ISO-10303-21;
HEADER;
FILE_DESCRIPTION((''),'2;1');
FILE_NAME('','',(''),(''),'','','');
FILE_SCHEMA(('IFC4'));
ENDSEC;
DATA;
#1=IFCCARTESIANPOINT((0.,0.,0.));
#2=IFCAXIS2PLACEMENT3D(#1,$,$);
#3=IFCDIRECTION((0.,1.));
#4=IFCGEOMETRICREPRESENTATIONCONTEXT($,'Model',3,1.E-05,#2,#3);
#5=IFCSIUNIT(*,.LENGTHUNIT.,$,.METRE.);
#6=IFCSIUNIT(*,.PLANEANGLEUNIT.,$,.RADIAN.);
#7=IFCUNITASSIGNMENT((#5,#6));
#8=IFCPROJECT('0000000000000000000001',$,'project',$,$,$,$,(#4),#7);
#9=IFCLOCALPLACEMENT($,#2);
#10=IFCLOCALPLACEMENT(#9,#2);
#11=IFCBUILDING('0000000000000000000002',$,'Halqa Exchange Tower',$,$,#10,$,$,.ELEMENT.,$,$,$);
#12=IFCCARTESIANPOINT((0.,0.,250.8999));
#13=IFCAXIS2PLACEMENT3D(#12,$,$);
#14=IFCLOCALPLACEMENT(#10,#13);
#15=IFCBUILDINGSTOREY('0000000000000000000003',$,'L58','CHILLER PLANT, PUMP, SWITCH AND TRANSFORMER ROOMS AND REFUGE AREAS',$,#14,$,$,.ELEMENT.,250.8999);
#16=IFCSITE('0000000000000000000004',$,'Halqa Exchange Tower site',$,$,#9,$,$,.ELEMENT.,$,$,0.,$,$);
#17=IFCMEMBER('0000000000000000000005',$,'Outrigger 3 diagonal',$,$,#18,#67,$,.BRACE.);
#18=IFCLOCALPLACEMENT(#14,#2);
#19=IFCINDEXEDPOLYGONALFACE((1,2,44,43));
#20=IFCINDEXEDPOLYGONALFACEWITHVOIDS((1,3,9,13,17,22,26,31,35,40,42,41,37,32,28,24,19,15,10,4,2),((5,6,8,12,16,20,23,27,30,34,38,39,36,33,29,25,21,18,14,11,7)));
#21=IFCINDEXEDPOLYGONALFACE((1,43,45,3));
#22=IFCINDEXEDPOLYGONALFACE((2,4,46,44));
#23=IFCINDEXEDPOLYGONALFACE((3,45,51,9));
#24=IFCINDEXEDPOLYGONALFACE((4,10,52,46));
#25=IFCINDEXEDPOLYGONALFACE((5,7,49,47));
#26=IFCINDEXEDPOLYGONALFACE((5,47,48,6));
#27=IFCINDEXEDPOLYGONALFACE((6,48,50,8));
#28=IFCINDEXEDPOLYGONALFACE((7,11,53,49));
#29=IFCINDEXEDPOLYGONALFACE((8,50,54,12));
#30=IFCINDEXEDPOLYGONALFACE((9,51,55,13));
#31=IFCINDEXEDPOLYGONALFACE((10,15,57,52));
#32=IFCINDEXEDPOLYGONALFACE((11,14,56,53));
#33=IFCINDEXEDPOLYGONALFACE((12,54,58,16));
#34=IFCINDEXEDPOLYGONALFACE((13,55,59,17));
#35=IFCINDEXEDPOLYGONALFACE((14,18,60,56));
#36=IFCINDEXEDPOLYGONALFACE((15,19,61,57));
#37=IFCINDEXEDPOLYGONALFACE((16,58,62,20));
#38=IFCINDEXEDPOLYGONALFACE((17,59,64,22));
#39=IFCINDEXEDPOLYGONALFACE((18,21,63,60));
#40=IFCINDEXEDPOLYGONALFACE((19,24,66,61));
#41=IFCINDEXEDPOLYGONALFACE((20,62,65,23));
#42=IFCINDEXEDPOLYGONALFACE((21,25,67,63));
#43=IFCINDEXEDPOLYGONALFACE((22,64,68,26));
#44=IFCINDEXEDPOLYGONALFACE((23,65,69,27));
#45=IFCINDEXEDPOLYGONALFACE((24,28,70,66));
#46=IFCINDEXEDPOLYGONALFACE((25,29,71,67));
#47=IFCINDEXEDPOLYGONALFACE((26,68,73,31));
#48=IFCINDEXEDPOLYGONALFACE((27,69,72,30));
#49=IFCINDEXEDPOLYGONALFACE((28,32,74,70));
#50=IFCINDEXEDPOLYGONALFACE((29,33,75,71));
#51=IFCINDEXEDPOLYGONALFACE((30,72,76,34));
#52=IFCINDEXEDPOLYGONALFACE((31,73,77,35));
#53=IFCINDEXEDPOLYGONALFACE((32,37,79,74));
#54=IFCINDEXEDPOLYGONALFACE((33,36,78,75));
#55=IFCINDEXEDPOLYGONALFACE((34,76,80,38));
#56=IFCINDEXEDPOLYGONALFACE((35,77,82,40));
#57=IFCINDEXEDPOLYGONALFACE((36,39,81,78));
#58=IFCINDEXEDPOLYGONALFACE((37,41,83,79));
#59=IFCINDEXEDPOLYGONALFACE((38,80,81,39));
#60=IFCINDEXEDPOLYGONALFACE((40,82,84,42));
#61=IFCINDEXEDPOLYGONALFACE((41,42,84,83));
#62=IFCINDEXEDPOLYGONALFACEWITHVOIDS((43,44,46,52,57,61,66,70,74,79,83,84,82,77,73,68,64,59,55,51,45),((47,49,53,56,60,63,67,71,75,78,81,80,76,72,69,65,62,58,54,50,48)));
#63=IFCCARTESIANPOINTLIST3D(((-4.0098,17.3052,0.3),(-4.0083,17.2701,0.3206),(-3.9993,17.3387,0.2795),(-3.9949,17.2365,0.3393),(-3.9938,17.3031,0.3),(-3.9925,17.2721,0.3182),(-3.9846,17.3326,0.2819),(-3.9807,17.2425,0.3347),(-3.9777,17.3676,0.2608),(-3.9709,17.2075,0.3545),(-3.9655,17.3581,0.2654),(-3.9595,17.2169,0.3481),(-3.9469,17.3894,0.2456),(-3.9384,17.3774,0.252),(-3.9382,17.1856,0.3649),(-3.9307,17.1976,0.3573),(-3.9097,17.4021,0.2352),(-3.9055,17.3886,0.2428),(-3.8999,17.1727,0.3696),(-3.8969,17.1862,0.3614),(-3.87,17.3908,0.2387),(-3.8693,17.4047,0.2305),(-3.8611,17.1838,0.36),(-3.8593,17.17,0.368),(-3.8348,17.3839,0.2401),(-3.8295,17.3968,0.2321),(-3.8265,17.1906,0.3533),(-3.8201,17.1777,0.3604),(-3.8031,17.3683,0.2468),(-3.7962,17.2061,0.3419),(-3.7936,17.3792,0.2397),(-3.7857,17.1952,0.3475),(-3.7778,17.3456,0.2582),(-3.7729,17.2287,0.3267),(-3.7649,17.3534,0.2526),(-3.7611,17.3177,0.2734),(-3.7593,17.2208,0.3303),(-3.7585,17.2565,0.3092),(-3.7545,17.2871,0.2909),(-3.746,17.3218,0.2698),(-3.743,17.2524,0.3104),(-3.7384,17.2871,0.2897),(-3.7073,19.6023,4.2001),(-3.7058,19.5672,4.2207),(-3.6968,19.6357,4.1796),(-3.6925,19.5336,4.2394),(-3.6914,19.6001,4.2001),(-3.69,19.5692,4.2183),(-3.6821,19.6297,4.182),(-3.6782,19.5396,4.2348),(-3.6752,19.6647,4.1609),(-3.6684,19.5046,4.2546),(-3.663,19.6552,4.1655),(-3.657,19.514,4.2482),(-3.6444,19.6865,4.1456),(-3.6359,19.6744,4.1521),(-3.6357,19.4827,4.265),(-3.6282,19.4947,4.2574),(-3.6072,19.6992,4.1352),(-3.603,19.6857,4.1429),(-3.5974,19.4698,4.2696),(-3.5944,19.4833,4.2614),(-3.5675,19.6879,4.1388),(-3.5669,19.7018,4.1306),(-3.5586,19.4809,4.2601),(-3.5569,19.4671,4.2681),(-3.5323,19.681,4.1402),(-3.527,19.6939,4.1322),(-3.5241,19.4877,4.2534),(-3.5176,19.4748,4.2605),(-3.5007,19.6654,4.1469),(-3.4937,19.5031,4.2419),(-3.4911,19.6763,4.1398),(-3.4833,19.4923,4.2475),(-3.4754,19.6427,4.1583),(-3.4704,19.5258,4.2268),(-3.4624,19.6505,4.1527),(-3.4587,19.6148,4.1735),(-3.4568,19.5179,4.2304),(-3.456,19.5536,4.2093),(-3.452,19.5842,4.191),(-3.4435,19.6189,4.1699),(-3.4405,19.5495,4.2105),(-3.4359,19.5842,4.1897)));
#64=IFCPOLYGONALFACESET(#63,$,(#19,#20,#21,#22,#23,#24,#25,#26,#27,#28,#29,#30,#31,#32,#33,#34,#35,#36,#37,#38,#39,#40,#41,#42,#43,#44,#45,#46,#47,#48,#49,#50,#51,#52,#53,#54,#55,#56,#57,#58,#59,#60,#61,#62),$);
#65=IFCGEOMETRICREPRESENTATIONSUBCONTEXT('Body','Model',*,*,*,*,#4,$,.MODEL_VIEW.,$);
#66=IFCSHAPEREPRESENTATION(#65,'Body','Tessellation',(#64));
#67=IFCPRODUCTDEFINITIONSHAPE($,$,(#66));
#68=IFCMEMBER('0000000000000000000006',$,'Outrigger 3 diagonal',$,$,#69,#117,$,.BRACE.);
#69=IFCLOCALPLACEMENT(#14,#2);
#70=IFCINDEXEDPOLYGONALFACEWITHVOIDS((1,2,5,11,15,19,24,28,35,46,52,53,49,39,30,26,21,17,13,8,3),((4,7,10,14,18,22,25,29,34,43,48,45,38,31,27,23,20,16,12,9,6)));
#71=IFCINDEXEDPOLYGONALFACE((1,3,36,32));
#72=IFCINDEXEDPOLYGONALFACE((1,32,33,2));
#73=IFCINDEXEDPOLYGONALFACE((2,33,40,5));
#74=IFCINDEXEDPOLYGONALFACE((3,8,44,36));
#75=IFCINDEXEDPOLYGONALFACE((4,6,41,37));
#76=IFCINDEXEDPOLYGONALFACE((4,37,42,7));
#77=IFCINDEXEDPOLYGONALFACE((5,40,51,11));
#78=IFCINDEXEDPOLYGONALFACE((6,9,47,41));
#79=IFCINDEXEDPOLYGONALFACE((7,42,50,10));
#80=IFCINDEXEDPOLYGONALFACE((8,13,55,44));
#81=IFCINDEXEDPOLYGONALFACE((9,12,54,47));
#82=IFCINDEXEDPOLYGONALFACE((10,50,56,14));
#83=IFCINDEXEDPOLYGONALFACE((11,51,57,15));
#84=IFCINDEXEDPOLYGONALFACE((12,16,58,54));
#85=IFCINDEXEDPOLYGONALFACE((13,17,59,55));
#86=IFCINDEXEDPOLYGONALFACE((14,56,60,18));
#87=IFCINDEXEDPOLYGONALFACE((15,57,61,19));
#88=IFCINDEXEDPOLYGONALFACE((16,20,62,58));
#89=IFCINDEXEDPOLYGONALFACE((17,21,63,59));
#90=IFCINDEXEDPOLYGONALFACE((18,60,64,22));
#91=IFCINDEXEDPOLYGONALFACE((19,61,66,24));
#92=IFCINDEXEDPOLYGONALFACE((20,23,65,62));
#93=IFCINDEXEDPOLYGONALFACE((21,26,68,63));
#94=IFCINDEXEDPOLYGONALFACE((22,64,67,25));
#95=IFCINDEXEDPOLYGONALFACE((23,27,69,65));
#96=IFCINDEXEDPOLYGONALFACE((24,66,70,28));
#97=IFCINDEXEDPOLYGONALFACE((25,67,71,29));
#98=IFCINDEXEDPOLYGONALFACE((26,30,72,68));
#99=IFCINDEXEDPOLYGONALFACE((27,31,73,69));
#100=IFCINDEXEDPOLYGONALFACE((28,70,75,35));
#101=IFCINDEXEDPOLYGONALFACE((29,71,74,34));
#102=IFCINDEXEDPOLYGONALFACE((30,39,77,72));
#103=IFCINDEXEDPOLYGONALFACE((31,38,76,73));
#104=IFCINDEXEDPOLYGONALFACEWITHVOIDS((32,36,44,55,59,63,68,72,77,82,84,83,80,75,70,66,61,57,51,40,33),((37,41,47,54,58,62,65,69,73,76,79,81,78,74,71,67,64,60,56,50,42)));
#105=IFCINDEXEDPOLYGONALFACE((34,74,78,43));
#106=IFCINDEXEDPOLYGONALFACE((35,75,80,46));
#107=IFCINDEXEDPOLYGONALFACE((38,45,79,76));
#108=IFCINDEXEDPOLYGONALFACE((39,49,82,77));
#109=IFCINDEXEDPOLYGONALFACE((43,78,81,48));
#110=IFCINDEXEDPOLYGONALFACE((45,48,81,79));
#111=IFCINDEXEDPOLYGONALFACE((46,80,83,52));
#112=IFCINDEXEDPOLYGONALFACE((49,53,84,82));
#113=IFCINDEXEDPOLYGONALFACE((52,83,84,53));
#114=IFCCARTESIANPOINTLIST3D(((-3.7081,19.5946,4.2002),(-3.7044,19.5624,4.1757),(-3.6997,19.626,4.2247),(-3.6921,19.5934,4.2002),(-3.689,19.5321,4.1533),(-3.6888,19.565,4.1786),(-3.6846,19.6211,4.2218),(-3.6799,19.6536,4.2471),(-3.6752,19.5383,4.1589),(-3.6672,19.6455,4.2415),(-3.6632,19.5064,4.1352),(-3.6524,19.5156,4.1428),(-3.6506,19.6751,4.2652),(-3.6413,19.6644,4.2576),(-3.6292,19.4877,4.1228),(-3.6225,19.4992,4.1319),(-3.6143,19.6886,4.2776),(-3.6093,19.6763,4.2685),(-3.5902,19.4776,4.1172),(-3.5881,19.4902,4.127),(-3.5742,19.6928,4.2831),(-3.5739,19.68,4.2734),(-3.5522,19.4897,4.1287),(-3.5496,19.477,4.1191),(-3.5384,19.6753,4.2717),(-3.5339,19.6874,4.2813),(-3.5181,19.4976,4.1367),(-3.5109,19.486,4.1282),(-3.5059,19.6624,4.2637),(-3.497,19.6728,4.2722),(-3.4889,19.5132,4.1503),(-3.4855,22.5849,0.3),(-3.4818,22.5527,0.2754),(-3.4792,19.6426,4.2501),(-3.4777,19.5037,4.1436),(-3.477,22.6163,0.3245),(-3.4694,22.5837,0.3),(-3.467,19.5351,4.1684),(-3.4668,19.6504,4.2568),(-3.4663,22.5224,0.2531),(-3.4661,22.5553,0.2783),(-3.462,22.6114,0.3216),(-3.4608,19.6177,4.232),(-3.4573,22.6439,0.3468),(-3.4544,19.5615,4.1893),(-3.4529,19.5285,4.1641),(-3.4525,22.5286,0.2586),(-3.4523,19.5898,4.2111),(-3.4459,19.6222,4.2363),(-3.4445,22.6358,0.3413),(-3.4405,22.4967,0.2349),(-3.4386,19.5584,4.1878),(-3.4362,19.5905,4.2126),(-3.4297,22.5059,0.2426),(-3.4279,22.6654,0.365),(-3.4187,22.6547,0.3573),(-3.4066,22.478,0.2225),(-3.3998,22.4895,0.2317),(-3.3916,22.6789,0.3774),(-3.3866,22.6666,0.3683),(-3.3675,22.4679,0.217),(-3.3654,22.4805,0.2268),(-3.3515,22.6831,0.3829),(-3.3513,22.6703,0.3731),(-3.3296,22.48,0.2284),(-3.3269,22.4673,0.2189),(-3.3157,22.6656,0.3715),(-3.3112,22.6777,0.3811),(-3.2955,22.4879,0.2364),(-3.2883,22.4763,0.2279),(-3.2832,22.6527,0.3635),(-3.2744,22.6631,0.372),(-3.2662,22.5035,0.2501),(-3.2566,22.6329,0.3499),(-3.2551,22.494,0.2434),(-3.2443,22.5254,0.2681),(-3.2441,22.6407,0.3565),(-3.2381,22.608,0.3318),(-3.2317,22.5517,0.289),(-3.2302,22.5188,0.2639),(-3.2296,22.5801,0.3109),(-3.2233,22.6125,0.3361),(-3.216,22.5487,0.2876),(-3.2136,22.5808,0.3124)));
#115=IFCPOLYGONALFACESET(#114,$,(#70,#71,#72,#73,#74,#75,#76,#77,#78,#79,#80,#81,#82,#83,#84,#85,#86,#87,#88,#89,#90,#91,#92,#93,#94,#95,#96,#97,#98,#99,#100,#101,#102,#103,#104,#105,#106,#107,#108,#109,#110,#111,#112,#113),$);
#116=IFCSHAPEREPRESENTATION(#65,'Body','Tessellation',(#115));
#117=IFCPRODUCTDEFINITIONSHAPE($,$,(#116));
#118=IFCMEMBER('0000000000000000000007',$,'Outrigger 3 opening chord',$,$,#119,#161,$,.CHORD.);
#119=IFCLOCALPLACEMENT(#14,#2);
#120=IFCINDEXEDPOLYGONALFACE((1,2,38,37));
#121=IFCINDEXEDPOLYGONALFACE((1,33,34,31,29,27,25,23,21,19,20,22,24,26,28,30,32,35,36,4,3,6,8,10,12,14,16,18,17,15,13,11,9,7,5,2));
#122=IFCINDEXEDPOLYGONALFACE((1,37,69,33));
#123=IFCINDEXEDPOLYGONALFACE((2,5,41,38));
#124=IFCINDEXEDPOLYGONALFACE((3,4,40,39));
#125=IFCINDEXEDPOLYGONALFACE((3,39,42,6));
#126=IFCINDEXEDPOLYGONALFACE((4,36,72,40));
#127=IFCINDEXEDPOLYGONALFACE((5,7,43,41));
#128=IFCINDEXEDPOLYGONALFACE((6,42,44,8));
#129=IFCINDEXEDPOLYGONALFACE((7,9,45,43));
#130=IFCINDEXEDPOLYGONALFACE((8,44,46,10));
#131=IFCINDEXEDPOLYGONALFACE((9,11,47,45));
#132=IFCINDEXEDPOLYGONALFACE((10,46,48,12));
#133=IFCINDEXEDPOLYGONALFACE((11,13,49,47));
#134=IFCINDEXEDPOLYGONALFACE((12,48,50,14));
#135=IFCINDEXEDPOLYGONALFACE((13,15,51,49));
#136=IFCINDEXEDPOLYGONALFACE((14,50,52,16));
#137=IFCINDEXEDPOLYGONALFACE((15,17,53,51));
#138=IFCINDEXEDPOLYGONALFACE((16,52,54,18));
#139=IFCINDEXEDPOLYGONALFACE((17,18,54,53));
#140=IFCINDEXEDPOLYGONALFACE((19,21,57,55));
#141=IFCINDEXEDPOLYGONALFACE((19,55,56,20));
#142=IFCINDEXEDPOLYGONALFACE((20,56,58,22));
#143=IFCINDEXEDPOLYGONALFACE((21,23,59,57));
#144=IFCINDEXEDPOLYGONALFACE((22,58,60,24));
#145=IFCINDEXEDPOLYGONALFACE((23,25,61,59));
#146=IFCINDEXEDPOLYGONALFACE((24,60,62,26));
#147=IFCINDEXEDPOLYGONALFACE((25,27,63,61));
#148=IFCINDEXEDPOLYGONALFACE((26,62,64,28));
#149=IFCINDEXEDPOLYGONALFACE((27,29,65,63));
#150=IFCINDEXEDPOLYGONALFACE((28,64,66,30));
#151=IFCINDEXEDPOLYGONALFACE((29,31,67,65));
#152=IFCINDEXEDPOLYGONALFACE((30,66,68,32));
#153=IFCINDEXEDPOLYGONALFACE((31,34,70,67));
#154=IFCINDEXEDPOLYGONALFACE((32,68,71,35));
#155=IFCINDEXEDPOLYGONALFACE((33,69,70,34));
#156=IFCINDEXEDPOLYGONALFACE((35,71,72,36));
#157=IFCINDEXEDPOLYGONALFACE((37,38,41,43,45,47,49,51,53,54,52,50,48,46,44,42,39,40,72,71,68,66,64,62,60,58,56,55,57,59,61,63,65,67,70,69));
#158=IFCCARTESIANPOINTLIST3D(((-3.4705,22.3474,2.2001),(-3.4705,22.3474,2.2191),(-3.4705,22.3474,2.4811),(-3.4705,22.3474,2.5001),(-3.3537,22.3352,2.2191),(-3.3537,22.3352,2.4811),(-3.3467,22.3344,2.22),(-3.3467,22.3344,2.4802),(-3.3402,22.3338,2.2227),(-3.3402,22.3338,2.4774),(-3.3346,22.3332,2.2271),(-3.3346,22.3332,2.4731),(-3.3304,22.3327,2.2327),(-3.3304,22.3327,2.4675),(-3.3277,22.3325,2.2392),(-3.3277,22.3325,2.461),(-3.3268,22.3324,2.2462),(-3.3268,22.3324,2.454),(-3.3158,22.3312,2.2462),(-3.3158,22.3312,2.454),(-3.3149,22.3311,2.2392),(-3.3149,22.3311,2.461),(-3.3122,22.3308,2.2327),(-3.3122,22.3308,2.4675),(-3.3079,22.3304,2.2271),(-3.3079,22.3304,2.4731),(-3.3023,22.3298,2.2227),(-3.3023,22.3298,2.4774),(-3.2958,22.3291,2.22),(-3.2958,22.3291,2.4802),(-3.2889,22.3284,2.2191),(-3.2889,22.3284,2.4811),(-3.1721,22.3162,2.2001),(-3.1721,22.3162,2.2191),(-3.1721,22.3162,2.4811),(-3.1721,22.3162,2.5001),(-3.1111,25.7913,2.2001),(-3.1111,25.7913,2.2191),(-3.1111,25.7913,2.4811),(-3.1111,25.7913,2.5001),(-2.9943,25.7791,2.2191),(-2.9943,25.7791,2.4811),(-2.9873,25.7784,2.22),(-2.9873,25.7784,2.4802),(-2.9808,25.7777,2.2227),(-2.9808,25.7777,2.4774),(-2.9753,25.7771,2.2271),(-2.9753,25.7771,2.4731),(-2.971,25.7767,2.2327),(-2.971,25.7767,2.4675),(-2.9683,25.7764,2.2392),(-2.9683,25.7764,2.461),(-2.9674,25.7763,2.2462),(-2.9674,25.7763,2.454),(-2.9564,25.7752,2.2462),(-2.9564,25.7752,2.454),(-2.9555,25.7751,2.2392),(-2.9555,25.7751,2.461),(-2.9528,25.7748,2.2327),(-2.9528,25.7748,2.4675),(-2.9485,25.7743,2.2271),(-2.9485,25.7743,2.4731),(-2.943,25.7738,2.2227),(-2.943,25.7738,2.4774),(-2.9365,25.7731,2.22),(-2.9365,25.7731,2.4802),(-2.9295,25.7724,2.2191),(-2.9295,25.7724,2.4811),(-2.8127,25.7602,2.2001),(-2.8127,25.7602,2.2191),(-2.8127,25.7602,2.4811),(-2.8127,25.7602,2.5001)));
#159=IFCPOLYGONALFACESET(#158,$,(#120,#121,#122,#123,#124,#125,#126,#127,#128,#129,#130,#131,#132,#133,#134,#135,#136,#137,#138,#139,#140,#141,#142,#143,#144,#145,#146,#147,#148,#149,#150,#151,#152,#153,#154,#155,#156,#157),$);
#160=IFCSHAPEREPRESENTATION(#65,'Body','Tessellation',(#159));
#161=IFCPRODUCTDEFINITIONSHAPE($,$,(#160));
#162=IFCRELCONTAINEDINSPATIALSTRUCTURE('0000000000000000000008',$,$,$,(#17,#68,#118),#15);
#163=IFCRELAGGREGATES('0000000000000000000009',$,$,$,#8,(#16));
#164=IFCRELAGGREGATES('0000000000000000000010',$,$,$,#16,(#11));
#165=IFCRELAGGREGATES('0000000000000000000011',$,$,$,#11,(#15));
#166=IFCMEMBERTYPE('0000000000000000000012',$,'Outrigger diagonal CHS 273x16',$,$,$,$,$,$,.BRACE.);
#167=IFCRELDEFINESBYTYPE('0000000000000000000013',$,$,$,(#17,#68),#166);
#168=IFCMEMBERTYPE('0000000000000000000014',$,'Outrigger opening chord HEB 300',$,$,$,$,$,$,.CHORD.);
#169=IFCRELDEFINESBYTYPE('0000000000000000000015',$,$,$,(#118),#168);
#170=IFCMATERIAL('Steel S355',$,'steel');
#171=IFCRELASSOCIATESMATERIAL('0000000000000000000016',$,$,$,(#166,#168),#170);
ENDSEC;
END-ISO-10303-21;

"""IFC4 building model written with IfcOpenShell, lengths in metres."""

from ifc_helpers import new_model, si_unit, direction, frame, origin, origin_2d, place, context, subcontext, project, spatial, hollow_circle, i_section, extrude, material, material_profile, profile_set, type_object, element, save


model = new_model("IFC4")

# Units and contexts
model_context = context("Model", 3, precision=1e-05, world=origin(), true_north=direction((0.0, 1.0)))
body_context = subcontext(model_context, "Body", "Model", "MODEL_VIEW")
ifc_project = project(units=[si_unit("LENGTHUNIT", "METRE"), si_unit("PLANEANGLEUNIT", "RADIAN")], contexts=[model_context])

# Site, building, storey
site_placement = place(None, origin())
site = spatial("IfcSite", under=ifc_project, at=site_placement, Name="Halqa Exchange Tower site", CompositionType="ELEMENT", RefElevation=0.0)
building_placement = place(site_placement, origin())
building = spatial("IfcBuilding", under=site, at=building_placement, Name="Halqa Exchange Tower", CompositionType="ELEMENT")
storey_placement = place(building_placement, frame((0.0, 0.0, 250.8999)))
storey = spatial("IfcBuildingStorey", under=building, at=storey_placement, Name="L58", Description="CHILLER PLANT, PUMP, SWITCH AND TRANSFORMER ROOMS AND REFUGE AREAS", CompositionType="ELEMENT", Elevation=250.8999)

# Members
ifc_material_1 = material(Name="Steel S355", Category="steel")
ifc_material_profile_1 = material_profile(ifc_material_1, hollow_circle(Radius=0.1365, WallThickness=0.0161, at=origin_2d()), Name="CHS 273x16")
ifc_profile_set_1 = profile_set([ifc_material_profile_1], Name="Steel S355")
member_type_1 = type_object("IfcMemberType", Name="Outrigger diagonal CHS 273x16", PredefinedType="BRACE", material=ifc_profile_set_1)
member_1_placement = place(storey_placement, frame((-3.8745, 17.2874, 0.3), z_axis=(0.06668, 0.506369, 0.859735), x_axis=(-0.991441, 0.130555, 0.0)))
element("IfcMember", 1, at=member_1_placement, inside=storey, type_object=member_type_1, Name="Outrigger 3 diagonal", PredefinedType="BRACE", context=body_context, shape_type="SweptSolid", body=[
    extrude(hollow_circle(Radius=0.1365, WallThickness=0.0161, at=origin_2d()), origin(), (0.0, 0.0, 1.0), 4.5364),
])
member_2_placement = place(storey_placement, frame((-3.572, 19.5845, 4.2002), z_axis=(0.045259, 0.607824, -0.792781), x_axis=(-0.997239, 0.074256, 0.0)))
element("IfcMember", 2, at=member_2_placement, inside=storey, type_object=member_type_1, Name="Outrigger 3 diagonal", PredefinedType="BRACE", context=body_context, shape_type="SweptSolid", body=[
    extrude(hollow_circle(Radius=0.1365, WallThickness=0.0161, at=origin_2d()), origin(), (0.0, 0.0, 1.0), 4.9197),
])
ifc_material_profile_2 = material_profile(ifc_material_1, i_section(OverallWidth=0.3, OverallDepth=0.3, WebThickness=0.011, FlangeThickness=0.019, FilletRadius=0.0271, at=origin_2d()), Name="HEB 300")
ifc_profile_set_2 = profile_set([ifc_material_profile_2], Name="Steel S355")
member_type_2 = type_object("IfcMemberType", Name="Outrigger opening chord HEB 300", PredefinedType="CHORD", material=ifc_profile_set_2)
member_3_placement = place(storey_placement, frame((-3.3213, 22.3318, 2.3501), z_axis=(0.103789, 0.994599, 0.0), x_axis=(-0.994599, 0.103789, 0.0)))
element("IfcMember", 3, at=member_3_placement, inside=storey, type_object=member_type_2, Name="Outrigger 3 opening chord", PredefinedType="CHORD", context=body_context, shape_type="SweptSolid", body=[
    extrude(i_section(OverallWidth=0.3, OverallDepth=0.3, WebThickness=0.011, FlangeThickness=0.019, FilletRadius=0.0271, at=origin_2d()), origin(), (0.0, 0.0, 1.0), 3.4626),
])

save(model, "model.ifc")
